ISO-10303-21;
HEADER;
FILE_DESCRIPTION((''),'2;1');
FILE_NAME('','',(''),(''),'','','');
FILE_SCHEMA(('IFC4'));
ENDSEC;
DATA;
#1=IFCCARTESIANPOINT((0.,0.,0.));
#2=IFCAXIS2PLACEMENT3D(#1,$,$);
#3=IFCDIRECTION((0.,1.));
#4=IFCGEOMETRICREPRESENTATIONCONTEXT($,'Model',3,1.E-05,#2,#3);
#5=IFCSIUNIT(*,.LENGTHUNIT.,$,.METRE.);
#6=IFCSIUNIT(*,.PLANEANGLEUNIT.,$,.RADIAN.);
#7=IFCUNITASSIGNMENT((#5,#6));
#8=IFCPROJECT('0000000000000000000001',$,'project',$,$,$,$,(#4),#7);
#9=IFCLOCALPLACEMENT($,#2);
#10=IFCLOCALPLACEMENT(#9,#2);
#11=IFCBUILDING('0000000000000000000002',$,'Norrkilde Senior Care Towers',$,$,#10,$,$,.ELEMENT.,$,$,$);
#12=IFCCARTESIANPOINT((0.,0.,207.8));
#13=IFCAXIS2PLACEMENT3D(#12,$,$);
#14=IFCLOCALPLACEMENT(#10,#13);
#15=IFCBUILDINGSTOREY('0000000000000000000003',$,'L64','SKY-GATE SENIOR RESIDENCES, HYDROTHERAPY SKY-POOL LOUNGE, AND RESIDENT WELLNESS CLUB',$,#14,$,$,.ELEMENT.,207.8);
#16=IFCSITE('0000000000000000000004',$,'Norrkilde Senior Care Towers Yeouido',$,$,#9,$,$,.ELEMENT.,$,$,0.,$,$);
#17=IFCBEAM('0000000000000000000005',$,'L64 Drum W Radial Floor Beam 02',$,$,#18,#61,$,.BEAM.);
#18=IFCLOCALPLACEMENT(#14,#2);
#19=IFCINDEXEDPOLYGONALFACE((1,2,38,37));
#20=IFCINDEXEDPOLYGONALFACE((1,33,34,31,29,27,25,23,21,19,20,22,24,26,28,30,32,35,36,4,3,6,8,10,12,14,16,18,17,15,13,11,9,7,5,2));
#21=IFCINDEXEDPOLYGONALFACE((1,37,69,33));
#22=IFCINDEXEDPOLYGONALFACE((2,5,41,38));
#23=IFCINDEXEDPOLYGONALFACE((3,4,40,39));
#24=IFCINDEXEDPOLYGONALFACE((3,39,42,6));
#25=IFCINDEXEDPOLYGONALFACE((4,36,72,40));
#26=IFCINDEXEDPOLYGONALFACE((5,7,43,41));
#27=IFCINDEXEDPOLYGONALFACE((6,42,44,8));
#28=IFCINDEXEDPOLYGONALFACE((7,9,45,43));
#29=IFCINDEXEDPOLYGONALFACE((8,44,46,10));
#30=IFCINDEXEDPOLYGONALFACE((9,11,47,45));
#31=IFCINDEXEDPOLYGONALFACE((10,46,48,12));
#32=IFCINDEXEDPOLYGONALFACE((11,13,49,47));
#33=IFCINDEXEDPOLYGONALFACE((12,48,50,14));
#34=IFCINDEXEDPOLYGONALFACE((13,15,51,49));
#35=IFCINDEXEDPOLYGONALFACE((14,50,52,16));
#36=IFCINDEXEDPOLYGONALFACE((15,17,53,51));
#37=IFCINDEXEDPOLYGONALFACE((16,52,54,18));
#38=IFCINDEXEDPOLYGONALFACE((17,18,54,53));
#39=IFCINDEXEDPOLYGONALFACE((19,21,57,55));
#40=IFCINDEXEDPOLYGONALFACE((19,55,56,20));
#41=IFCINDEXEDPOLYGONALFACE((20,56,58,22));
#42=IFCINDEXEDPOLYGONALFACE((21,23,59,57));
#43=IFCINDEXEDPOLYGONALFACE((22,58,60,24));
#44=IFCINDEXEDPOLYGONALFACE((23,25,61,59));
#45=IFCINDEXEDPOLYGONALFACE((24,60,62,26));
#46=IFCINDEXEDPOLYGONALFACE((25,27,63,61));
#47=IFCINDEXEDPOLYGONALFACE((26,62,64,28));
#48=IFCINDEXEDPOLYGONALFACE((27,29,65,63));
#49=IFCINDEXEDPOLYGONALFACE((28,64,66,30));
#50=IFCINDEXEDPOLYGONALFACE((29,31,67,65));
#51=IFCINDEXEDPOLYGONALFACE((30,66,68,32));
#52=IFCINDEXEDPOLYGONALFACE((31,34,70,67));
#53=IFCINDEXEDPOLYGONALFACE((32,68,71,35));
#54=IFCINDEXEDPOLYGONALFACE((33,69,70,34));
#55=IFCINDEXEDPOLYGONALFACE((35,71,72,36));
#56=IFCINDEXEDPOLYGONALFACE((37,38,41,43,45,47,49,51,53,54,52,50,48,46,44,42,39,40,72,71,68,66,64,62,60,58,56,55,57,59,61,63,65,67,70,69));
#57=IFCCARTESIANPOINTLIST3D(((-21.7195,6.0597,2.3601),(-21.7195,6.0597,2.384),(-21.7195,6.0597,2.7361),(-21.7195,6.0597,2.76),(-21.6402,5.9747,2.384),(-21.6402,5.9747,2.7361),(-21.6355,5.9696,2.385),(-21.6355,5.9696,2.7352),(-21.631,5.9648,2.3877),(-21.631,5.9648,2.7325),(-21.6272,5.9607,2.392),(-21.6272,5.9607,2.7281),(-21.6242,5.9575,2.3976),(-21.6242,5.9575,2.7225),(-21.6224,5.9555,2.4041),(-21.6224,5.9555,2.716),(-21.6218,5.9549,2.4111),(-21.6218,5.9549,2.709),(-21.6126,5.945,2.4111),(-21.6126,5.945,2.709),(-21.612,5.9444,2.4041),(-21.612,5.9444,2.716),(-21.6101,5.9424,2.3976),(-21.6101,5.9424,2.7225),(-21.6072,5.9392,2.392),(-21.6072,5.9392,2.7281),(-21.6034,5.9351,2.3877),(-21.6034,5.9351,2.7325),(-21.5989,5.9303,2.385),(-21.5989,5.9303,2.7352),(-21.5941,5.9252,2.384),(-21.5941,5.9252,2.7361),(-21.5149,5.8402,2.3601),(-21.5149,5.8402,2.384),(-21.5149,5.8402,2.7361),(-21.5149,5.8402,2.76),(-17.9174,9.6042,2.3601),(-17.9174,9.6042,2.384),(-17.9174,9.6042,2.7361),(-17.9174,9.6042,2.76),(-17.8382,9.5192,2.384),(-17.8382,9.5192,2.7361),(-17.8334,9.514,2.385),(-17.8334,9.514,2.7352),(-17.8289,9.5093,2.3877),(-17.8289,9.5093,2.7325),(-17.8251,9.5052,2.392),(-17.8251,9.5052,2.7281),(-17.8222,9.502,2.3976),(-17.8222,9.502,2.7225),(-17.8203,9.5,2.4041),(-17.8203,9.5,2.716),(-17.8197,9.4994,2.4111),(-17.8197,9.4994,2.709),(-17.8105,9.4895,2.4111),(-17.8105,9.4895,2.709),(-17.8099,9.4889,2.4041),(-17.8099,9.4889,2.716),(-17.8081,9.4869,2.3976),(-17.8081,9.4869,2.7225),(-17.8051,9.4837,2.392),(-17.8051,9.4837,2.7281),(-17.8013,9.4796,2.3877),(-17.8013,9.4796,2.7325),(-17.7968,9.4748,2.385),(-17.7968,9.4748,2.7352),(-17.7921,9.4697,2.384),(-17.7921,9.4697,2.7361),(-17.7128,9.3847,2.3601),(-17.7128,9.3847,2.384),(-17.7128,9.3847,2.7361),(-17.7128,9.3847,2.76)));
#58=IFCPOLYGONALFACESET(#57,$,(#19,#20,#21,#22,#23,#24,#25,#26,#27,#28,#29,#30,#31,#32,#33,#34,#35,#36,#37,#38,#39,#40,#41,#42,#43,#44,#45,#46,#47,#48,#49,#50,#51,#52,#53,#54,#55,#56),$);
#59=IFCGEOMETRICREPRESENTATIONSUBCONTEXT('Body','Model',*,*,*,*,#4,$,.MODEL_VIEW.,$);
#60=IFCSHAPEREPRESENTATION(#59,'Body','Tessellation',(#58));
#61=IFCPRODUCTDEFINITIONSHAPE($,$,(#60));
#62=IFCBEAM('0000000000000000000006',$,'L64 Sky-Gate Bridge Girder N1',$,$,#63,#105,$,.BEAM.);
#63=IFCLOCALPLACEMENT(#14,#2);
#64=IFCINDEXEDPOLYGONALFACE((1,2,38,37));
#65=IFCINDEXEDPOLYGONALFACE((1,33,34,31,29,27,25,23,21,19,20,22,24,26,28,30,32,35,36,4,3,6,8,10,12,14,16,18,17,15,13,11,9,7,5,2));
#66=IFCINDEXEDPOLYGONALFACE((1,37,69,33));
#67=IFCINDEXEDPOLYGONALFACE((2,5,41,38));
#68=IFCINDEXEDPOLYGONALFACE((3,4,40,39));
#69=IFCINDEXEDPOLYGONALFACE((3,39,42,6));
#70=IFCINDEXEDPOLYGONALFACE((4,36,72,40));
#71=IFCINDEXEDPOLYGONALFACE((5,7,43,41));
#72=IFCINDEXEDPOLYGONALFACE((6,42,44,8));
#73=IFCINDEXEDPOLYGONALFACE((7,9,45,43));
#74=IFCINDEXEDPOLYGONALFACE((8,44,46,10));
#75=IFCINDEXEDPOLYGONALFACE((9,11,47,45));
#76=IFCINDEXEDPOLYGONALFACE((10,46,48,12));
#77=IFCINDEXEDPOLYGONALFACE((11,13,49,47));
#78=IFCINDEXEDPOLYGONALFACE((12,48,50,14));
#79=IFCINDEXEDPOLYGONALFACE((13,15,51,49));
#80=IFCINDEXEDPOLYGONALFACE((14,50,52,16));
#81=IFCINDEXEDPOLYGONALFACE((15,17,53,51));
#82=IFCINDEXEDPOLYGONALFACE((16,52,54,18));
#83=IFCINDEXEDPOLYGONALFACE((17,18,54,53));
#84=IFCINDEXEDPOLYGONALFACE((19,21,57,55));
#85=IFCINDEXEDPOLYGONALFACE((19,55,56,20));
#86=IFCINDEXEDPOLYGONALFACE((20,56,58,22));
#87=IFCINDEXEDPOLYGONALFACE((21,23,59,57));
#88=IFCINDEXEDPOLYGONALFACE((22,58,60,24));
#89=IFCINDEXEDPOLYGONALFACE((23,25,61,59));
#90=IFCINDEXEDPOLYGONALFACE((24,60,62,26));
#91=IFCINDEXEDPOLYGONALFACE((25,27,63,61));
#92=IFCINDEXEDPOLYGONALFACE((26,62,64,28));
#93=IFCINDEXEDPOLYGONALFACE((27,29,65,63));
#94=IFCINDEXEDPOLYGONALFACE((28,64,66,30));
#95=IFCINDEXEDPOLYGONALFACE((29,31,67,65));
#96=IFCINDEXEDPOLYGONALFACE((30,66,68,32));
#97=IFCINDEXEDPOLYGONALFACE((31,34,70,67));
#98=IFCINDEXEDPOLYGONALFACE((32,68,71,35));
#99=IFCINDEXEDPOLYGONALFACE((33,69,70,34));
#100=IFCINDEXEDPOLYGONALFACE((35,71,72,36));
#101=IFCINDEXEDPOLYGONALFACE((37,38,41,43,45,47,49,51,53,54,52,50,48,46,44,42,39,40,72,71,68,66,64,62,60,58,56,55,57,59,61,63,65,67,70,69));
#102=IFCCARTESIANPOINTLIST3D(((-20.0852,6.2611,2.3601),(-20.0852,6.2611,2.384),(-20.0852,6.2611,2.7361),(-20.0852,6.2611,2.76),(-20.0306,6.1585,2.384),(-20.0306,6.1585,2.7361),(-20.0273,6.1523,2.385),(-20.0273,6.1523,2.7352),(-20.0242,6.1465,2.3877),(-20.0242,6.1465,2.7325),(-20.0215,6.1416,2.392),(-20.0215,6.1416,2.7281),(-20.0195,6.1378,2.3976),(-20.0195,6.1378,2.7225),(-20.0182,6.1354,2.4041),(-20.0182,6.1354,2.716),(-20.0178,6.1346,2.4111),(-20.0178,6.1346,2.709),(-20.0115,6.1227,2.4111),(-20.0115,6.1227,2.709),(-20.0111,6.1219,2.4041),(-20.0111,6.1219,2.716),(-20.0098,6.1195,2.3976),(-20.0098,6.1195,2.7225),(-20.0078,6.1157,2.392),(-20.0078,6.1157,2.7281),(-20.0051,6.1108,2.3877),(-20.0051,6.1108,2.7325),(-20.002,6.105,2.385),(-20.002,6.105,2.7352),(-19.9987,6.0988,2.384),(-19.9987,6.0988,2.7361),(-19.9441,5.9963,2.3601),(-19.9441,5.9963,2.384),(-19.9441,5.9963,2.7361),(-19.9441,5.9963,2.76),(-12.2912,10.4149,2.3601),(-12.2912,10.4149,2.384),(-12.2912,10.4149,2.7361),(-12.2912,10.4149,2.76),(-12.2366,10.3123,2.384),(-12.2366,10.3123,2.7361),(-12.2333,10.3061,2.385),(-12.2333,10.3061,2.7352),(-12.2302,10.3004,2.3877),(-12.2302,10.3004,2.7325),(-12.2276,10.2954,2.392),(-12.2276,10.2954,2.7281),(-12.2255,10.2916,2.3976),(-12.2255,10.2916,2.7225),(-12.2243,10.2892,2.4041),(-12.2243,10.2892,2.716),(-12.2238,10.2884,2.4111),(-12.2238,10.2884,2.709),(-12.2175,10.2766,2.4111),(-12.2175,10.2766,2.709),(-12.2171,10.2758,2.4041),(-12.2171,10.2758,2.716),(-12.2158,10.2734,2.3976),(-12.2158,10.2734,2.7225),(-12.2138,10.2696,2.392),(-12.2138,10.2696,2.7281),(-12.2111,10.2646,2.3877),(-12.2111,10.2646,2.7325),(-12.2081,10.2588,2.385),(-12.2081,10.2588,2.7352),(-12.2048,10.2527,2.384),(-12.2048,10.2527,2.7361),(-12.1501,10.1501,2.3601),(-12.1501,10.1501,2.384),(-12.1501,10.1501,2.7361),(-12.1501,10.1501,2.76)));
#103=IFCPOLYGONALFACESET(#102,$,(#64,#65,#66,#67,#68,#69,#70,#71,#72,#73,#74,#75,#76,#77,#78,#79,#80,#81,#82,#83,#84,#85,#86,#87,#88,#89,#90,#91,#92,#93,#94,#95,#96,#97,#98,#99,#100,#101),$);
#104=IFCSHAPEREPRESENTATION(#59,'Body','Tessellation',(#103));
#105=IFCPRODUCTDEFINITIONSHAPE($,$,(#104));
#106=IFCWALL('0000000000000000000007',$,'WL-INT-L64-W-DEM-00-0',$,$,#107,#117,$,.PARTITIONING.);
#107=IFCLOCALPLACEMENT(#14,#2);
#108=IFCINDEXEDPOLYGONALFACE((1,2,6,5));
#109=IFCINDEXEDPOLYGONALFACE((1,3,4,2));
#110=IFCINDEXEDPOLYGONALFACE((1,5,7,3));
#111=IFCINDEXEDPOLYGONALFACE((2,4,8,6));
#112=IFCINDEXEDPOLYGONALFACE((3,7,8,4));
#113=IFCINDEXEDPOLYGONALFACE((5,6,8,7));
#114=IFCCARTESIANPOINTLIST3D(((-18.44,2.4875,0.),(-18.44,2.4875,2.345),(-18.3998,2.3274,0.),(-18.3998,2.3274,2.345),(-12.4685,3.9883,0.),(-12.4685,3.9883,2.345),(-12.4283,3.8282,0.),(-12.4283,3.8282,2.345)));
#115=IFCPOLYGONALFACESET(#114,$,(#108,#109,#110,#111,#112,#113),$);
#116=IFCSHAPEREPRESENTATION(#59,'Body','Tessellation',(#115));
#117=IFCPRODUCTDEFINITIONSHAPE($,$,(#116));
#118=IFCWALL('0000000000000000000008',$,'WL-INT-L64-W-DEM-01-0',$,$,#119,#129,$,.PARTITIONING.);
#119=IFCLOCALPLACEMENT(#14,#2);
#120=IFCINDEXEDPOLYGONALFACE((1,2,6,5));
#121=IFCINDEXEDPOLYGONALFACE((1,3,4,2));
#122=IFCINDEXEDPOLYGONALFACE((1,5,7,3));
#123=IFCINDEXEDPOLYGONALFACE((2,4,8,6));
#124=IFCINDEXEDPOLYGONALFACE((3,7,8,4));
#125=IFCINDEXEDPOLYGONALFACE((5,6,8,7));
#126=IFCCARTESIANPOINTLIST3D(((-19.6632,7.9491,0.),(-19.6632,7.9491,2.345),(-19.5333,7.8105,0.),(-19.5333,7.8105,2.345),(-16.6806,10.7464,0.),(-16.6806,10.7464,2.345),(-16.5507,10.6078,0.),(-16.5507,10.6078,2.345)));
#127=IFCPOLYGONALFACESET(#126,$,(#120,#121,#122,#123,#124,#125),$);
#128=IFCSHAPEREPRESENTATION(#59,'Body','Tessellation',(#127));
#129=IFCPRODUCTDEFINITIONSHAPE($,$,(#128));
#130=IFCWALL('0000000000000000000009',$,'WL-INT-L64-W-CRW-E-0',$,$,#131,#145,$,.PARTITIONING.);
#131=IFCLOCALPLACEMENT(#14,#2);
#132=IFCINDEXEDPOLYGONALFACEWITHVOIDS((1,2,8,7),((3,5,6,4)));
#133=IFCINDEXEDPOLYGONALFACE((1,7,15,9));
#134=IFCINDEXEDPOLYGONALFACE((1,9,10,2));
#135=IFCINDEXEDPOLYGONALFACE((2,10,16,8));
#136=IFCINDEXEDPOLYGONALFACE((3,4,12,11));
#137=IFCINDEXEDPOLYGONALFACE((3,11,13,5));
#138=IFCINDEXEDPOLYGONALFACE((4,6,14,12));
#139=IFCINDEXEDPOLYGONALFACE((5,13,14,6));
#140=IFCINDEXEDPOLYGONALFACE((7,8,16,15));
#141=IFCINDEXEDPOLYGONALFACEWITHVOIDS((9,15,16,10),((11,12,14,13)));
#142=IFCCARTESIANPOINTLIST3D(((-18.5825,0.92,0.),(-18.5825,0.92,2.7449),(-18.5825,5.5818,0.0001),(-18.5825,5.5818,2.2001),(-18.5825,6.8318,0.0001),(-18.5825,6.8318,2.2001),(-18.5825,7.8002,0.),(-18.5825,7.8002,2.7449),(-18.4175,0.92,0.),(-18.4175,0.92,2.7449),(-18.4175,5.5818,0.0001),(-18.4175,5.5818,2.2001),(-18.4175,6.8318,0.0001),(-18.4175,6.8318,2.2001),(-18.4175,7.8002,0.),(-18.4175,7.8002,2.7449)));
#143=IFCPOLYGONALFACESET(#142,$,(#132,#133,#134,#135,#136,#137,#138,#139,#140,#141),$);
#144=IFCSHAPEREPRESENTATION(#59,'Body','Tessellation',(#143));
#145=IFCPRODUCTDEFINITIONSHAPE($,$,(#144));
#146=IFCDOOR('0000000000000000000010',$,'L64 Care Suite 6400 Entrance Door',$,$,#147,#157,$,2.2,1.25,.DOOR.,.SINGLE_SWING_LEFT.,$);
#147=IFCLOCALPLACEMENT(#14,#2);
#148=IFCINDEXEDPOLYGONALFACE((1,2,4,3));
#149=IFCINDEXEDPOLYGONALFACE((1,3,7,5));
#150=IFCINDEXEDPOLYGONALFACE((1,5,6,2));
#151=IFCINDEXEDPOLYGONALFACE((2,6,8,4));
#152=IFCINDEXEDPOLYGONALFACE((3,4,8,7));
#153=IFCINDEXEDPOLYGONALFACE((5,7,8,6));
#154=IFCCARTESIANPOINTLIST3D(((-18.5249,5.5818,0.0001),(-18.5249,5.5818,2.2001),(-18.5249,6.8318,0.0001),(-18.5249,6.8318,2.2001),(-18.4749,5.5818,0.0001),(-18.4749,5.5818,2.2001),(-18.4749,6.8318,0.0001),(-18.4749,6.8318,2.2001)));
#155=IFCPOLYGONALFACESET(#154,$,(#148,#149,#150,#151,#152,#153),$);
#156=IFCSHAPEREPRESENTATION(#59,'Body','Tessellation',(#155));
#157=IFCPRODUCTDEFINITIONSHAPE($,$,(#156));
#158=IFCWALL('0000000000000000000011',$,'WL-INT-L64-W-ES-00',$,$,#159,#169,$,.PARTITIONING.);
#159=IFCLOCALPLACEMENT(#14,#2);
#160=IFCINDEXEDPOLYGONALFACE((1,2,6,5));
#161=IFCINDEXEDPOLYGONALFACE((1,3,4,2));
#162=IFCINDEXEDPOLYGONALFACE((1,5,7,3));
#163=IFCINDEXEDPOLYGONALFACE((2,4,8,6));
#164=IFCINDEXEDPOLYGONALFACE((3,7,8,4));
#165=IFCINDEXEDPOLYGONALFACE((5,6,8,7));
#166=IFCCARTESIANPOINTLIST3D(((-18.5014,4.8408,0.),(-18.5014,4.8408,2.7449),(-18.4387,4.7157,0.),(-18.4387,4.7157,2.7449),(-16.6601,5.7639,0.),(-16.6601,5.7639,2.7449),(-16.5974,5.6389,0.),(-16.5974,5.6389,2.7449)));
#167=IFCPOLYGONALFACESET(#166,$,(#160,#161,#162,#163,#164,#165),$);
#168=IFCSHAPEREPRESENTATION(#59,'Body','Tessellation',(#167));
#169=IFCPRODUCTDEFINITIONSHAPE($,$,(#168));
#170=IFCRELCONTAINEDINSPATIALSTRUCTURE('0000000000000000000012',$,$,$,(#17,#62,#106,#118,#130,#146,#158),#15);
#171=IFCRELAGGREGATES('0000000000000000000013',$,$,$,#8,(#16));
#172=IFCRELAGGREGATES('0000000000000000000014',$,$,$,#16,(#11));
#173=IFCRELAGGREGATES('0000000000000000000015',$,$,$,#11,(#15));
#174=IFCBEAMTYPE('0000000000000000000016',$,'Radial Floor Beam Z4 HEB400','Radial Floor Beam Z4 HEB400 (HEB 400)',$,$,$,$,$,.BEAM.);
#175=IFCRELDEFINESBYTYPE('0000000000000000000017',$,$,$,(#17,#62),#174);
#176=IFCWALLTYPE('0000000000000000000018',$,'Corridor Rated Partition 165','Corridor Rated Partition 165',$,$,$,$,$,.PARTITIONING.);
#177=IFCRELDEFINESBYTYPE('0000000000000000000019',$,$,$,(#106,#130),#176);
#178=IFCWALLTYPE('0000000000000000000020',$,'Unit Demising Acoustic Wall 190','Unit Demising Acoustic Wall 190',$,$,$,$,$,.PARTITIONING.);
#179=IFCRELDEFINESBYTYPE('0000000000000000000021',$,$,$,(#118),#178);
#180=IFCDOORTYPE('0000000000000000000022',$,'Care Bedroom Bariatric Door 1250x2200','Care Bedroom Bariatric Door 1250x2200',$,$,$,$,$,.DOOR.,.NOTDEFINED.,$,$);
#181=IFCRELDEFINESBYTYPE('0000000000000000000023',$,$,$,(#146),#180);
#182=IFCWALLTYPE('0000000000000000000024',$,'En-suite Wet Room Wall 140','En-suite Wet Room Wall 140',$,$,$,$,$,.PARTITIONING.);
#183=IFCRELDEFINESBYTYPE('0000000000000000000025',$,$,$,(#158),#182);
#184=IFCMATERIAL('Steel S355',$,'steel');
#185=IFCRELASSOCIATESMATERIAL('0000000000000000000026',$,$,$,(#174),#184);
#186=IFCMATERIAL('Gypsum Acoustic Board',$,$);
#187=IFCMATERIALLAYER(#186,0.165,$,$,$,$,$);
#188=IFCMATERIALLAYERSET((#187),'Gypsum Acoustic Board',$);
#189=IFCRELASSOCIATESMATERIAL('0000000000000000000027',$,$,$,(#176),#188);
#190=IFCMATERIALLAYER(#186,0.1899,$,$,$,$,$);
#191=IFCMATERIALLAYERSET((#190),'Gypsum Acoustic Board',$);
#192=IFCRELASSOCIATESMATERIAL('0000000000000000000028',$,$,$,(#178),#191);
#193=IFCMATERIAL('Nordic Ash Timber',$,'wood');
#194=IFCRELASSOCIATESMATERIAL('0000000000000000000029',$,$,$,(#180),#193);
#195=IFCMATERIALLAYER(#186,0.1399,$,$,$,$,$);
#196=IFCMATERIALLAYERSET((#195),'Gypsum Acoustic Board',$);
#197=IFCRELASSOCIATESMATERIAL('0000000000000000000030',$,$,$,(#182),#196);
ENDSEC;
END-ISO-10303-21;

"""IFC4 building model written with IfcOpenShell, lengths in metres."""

from ifc_helpers import new_model, si_unit, direction, frame, frame_2d, origin, origin_2d, place, context, subcontext, project, spatial, rectangle, i_section, extrude, source, transform, mapped, material, layer, layer_set, material_profile, profile_set, type_object, type_shapes, element, fill, save


model = new_model("IFC4")

# Units and contexts
model_context = context("Model", 3, precision=1e-05, world=origin(), true_north=direction((0.0, 1.0)))
body_context = subcontext(model_context, "Body", "Model", "MODEL_VIEW")
ifc_project = project(units=[si_unit("LENGTHUNIT", "METRE"), si_unit("PLANEANGLEUNIT", "RADIAN")], contexts=[model_context])

# Site, building, storey
site_placement = place(None, origin())
site = spatial("IfcSite", under=ifc_project, at=site_placement, Name="Norrkilde Senior Care Towers Yeouido", CompositionType="ELEMENT", RefElevation=0.0)
building_placement = place(site_placement, origin())
building = spatial("IfcBuilding", under=site, at=building_placement, Name="Norrkilde Senior Care Towers", CompositionType="ELEMENT")
storey_placement = place(building_placement, frame((0.0, 0.0, 207.8)))
storey = spatial("IfcBuildingStorey", under=building, at=storey_placement, Name="L64", Description="SKY-GATE SENIOR RESIDENCES, HYDROTHERAPY SKY-POOL LOUNGE, AND RESIDENT WELLNESS CLUB", CompositionType="ELEMENT", Elevation=207.8)

# Beams
ifc_material_1 = material(Name="Steel S355", Category="steel")
ifc_material_profile_1 = material_profile(ifc_material_1, i_section(OverallWidth=0.3, OverallDepth=0.3999, WebThickness=0.0134, FlangeThickness=0.0239, FilletRadius=0.0271, at=origin_2d()), Name="HEB 400")
ifc_profile_set_1 = profile_set([ifc_material_profile_1], Name="Steel S355")
beam_type_1 = type_object("IfcBeamType", Name="Radial Floor Beam Z4 HEB400", Description="Radial Floor Beam Z4 HEB400 (HEB 400)", PredefinedType="BEAM", material=ifc_profile_set_1)
shared_shape_1 = source(origin(), body_context, "Body", "SweptSolid", [
    extrude(i_section(OverallWidth=0.3, OverallDepth=0.3999, WebThickness=0.0134, FlangeThickness=0.0239, FilletRadius=0.0271, at=origin_2d()), origin(), (0.0, 0.0, 1.0), 5.198),
])
beam_1_placement = place(storey_placement, frame((-21.6172, 5.95, 2.5601), z_axis=(0.731449, 0.681896, 0.0), x_axis=(-0.681896, 0.731449, 0.0)))
element("IfcBeam", 1, at=beam_1_placement, inside=storey, type_object=beam_type_1, Name="L64 Drum W Radial Floor Beam 02", PredefinedType="BEAM", context=body_context, shape_type="MappedRepresentation", body=[
    mapped(shared_shape_1, transform((0.0, 0.0, 0.0), x_axis=(1.0, 0.0, 0.0), y_axis=(0.0, 1.0, 0.0), z_axis=(0.0, 0.0, 1.0), scale=1.0)),
])
shared_shape_2 = source(origin(), body_context, "Body", "SweptSolid", [
    extrude(i_section(OverallWidth=0.3, OverallDepth=0.3999, WebThickness=0.0134, FlangeThickness=0.0239, FilletRadius=0.0271, at=origin_2d()), origin(), (0.0, 0.0, 1.0), 8.8318),
])
beam_2_placement = place(storey_placement, frame((-20.0146, 6.1287, 2.5601), z_axis=(0.882492, 0.470327, 0.0), x_axis=(-0.470327, 0.882492, 0.0)))
element("IfcBeam", 2, at=beam_2_placement, inside=storey, type_object=beam_type_1, Name="L64 Sky-Gate Bridge Girder N1", PredefinedType="BEAM", context=body_context, shape_type="MappedRepresentation", body=[
    mapped(shared_shape_2, transform((0.0, 0.0, 0.0), x_axis=(1.0, 0.0, 0.0), y_axis=(0.0, 1.0, 0.0), z_axis=(0.0, 0.0, 1.0), scale=1.0)),
])

# Walls
ifc_material_2 = material(Name="Gypsum Acoustic Board")
ifc_layer_1 = layer(ifc_material_2, 0.165)
ifc_layer_set_1 = layer_set([ifc_layer_1], Name="Gypsum Acoustic Board")
wall_type_1 = type_object("IfcWallType", Name="Corridor Rated Partition 165", Description="Corridor Rated Partition 165", PredefinedType="PARTITIONING", material=ifc_layer_set_1)
shared_shape_3 = source(origin(), body_context, "Body", "SweptSolid", [
    extrude(rectangle(XDim=6.1572, YDim=0.165, at=frame_2d((3.0786, 0.0))), origin(), (0.0, 0.0, 1.0), 2.345),
])
wall_1_placement = place(storey_placement, frame((-18.4199, 2.4075, 0.0), z_axis=(0.0, 0.0, 1.0), x_axis=(0.969841, 0.243739, 0.0)))
element("IfcWall", 3, at=wall_1_placement, inside=storey, type_object=wall_type_1, Name="WL-INT-L64-W-DEM-00-0", PredefinedType="PARTITIONING", context=body_context, shape_type="MappedRepresentation", body=[
    mapped(shared_shape_3, transform((0.0, 0.0, 0.0), x_axis=(1.0, 0.0, 0.0), y_axis=(0.0, 1.0, 0.0), z_axis=(0.0, 0.0, 1.0), scale=1.0)),
])
ifc_layer_2 = layer(ifc_material_2, 0.1899)
ifc_layer_set_2 = layer_set([ifc_layer_2], Name="Gypsum Acoustic Board")
wall_type_2 = type_object("IfcWallType", Name="Unit Demising Acoustic Wall 190", Description="Unit Demising Acoustic Wall 190", PredefinedType="PARTITIONING", material=ifc_layer_set_2)
shared_shape_4 = source(origin(), body_context, "Body", "SweptSolid", [
    extrude(rectangle(XDim=4.0891, YDim=0.1899, at=frame_2d((2.0444, 0.0))), origin(), (0.0, 0.0, 1.0), 2.345),
])
type_shapes(wall_type_2, [shared_shape_4])
wall_2_placement = place(storey_placement, frame((-19.5981, 7.8799, 0.0), z_axis=(0.0, 0.0, 1.0), x_axis=(0.729401, 0.684086, 0.0)))
element("IfcWall", 4, at=wall_2_placement, inside=storey, type_object=wall_type_2, Name="WL-INT-L64-W-DEM-01-0", PredefinedType="PARTITIONING", context=body_context, shape_type="MappedRepresentation", body=[
    mapped(shared_shape_4, transform((0.0, 0.0, 0.0), x_axis=(1.0, 0.0, 0.0), y_axis=(0.0, 1.0, 0.0), z_axis=(0.0, 0.0, 1.0), scale=1.0)),
])

# Wall, opening, door
shared_shape_5 = source(origin(), body_context, "Body", "SweptSolid", [
    extrude(rectangle(XDim=6.8801, YDim=0.165, at=frame_2d((3.4399, 0.0))), origin(), (0.0, 0.0, 1.0), 2.7449),
])
wall_3_placement = place(storey_placement, frame((-18.5, 7.8, 0.0), z_axis=(0.0, 0.0, 1.0), x_axis=(0.0, -1.0, 0.0)))
wall_3 = element("IfcWall", 5, at=wall_3_placement, inside=storey, type_object=wall_type_1, Name="WL-INT-L64-W-CRW-E-0", PredefinedType="PARTITIONING", context=body_context, shape_type="MappedRepresentation", body=[
    mapped(shared_shape_5, transform((0.0, 0.0, 0.0), x_axis=(1.0, 0.0, 0.0), y_axis=(0.0, 1.0, 0.0), z_axis=(0.0, 0.0, 1.0), scale=1.0)),
])
opening_1_placement = place(wall_3_placement, frame((0.9683, 0.0, 0.0)))
opening_1 = element("IfcOpeningElement", 6, at=opening_1_placement, cuts=wall_3, PredefinedType="OPENING", context=body_context, shape_type="SweptSolid", body=[
    extrude(rectangle(XDim=1.25, YDim=2.2, at=frame_2d((0.625, 1.1001))), frame((0.0, 0.0925, 0.0), z_axis=(0.0, -1.0, 0.0), x_axis=(1.0, 0.0, 0.0)), (0.0, 0.0, 1.0), 0.1851),
])
ifc_material_3 = material(Name="Nordic Ash Timber", Category="wood")
door_type_1 = type_object("IfcDoorType", Name="Care Bedroom Bariatric Door 1250x2200", Description="Care Bedroom Bariatric Door 1250x2200", OperationType="NOTDEFINED", PredefinedType="DOOR", material=ifc_material_3)
shared_shape_6 = source(origin(), body_context, "Body", "SweptSolid", [
    extrude(rectangle(XDim=1.25, YDim=2.2, at=frame_2d((0.625, 1.1001))), frame((0.0, 0.0249, 0.0), z_axis=(0.0, -1.0, 0.0), x_axis=(1.0, 0.0, 0.0)), (0.0, 0.0, 1.0), 0.05),
])
type_shapes(door_type_1, [shared_shape_6])
door_1_placement = place(opening_1_placement, frame((1.25, 0.0, 0.0), z_axis=(0.0, 0.0, 1.0), x_axis=(-1.0, 0.0, 0.0)))
door_1 = element("IfcDoor", 7, at=door_1_placement, inside=storey, type_object=door_type_1, Name="L64 Care Suite 6400 Entrance Door", OperationType="SINGLE_SWING_LEFT", OverallHeight=2.2, OverallWidth=1.25, PredefinedType="DOOR", context=body_context, shape_type="MappedRepresentation", body=[
    mapped(shared_shape_6, transform((0.0, 0.0, 0.0), x_axis=(1.0, 0.0, 0.0), y_axis=(0.0, 1.0, 0.0), z_axis=(0.0, 0.0, 1.0), scale=1.0)),
])
fill(opening_1, door_1)

# Wall
ifc_layer_3 = layer(ifc_material_2, 0.1399)
ifc_layer_set_3 = layer_set([ifc_layer_3], Name="Gypsum Acoustic Board")
wall_type_3 = type_object("IfcWallType", Name="En-suite Wet Room Wall 140", Description="En-suite Wet Room Wall 140", PredefinedType="PARTITIONING", material=ifc_layer_set_3)
shared_shape_7 = source(origin(), body_context, "Body", "SweptSolid", [
    extrude(rectangle(XDim=2.0598, YDim=0.1399, at=frame_2d((1.0298, 0.0))), origin(), (0.0, 0.0, 1.0), 2.7449),
])
wall_4_placement = place(storey_placement, frame((-18.47, 4.7783, 0.0), z_axis=(0.0, 0.0, 1.0), x_axis=(0.893953, 0.448162, 0.0)))
element("IfcWall", 8, at=wall_4_placement, inside=storey, type_object=wall_type_3, Name="WL-INT-L64-W-ES-00", PredefinedType="PARTITIONING", context=body_context, shape_type="MappedRepresentation", body=[
    mapped(shared_shape_7, transform((0.0, 0.0, 0.0), x_axis=(1.0, 0.0, 0.0), y_axis=(0.0, 1.0, 0.0), z_axis=(0.0, 0.0, 1.0), scale=1.0)),
])

save(model, "model.ifc")
